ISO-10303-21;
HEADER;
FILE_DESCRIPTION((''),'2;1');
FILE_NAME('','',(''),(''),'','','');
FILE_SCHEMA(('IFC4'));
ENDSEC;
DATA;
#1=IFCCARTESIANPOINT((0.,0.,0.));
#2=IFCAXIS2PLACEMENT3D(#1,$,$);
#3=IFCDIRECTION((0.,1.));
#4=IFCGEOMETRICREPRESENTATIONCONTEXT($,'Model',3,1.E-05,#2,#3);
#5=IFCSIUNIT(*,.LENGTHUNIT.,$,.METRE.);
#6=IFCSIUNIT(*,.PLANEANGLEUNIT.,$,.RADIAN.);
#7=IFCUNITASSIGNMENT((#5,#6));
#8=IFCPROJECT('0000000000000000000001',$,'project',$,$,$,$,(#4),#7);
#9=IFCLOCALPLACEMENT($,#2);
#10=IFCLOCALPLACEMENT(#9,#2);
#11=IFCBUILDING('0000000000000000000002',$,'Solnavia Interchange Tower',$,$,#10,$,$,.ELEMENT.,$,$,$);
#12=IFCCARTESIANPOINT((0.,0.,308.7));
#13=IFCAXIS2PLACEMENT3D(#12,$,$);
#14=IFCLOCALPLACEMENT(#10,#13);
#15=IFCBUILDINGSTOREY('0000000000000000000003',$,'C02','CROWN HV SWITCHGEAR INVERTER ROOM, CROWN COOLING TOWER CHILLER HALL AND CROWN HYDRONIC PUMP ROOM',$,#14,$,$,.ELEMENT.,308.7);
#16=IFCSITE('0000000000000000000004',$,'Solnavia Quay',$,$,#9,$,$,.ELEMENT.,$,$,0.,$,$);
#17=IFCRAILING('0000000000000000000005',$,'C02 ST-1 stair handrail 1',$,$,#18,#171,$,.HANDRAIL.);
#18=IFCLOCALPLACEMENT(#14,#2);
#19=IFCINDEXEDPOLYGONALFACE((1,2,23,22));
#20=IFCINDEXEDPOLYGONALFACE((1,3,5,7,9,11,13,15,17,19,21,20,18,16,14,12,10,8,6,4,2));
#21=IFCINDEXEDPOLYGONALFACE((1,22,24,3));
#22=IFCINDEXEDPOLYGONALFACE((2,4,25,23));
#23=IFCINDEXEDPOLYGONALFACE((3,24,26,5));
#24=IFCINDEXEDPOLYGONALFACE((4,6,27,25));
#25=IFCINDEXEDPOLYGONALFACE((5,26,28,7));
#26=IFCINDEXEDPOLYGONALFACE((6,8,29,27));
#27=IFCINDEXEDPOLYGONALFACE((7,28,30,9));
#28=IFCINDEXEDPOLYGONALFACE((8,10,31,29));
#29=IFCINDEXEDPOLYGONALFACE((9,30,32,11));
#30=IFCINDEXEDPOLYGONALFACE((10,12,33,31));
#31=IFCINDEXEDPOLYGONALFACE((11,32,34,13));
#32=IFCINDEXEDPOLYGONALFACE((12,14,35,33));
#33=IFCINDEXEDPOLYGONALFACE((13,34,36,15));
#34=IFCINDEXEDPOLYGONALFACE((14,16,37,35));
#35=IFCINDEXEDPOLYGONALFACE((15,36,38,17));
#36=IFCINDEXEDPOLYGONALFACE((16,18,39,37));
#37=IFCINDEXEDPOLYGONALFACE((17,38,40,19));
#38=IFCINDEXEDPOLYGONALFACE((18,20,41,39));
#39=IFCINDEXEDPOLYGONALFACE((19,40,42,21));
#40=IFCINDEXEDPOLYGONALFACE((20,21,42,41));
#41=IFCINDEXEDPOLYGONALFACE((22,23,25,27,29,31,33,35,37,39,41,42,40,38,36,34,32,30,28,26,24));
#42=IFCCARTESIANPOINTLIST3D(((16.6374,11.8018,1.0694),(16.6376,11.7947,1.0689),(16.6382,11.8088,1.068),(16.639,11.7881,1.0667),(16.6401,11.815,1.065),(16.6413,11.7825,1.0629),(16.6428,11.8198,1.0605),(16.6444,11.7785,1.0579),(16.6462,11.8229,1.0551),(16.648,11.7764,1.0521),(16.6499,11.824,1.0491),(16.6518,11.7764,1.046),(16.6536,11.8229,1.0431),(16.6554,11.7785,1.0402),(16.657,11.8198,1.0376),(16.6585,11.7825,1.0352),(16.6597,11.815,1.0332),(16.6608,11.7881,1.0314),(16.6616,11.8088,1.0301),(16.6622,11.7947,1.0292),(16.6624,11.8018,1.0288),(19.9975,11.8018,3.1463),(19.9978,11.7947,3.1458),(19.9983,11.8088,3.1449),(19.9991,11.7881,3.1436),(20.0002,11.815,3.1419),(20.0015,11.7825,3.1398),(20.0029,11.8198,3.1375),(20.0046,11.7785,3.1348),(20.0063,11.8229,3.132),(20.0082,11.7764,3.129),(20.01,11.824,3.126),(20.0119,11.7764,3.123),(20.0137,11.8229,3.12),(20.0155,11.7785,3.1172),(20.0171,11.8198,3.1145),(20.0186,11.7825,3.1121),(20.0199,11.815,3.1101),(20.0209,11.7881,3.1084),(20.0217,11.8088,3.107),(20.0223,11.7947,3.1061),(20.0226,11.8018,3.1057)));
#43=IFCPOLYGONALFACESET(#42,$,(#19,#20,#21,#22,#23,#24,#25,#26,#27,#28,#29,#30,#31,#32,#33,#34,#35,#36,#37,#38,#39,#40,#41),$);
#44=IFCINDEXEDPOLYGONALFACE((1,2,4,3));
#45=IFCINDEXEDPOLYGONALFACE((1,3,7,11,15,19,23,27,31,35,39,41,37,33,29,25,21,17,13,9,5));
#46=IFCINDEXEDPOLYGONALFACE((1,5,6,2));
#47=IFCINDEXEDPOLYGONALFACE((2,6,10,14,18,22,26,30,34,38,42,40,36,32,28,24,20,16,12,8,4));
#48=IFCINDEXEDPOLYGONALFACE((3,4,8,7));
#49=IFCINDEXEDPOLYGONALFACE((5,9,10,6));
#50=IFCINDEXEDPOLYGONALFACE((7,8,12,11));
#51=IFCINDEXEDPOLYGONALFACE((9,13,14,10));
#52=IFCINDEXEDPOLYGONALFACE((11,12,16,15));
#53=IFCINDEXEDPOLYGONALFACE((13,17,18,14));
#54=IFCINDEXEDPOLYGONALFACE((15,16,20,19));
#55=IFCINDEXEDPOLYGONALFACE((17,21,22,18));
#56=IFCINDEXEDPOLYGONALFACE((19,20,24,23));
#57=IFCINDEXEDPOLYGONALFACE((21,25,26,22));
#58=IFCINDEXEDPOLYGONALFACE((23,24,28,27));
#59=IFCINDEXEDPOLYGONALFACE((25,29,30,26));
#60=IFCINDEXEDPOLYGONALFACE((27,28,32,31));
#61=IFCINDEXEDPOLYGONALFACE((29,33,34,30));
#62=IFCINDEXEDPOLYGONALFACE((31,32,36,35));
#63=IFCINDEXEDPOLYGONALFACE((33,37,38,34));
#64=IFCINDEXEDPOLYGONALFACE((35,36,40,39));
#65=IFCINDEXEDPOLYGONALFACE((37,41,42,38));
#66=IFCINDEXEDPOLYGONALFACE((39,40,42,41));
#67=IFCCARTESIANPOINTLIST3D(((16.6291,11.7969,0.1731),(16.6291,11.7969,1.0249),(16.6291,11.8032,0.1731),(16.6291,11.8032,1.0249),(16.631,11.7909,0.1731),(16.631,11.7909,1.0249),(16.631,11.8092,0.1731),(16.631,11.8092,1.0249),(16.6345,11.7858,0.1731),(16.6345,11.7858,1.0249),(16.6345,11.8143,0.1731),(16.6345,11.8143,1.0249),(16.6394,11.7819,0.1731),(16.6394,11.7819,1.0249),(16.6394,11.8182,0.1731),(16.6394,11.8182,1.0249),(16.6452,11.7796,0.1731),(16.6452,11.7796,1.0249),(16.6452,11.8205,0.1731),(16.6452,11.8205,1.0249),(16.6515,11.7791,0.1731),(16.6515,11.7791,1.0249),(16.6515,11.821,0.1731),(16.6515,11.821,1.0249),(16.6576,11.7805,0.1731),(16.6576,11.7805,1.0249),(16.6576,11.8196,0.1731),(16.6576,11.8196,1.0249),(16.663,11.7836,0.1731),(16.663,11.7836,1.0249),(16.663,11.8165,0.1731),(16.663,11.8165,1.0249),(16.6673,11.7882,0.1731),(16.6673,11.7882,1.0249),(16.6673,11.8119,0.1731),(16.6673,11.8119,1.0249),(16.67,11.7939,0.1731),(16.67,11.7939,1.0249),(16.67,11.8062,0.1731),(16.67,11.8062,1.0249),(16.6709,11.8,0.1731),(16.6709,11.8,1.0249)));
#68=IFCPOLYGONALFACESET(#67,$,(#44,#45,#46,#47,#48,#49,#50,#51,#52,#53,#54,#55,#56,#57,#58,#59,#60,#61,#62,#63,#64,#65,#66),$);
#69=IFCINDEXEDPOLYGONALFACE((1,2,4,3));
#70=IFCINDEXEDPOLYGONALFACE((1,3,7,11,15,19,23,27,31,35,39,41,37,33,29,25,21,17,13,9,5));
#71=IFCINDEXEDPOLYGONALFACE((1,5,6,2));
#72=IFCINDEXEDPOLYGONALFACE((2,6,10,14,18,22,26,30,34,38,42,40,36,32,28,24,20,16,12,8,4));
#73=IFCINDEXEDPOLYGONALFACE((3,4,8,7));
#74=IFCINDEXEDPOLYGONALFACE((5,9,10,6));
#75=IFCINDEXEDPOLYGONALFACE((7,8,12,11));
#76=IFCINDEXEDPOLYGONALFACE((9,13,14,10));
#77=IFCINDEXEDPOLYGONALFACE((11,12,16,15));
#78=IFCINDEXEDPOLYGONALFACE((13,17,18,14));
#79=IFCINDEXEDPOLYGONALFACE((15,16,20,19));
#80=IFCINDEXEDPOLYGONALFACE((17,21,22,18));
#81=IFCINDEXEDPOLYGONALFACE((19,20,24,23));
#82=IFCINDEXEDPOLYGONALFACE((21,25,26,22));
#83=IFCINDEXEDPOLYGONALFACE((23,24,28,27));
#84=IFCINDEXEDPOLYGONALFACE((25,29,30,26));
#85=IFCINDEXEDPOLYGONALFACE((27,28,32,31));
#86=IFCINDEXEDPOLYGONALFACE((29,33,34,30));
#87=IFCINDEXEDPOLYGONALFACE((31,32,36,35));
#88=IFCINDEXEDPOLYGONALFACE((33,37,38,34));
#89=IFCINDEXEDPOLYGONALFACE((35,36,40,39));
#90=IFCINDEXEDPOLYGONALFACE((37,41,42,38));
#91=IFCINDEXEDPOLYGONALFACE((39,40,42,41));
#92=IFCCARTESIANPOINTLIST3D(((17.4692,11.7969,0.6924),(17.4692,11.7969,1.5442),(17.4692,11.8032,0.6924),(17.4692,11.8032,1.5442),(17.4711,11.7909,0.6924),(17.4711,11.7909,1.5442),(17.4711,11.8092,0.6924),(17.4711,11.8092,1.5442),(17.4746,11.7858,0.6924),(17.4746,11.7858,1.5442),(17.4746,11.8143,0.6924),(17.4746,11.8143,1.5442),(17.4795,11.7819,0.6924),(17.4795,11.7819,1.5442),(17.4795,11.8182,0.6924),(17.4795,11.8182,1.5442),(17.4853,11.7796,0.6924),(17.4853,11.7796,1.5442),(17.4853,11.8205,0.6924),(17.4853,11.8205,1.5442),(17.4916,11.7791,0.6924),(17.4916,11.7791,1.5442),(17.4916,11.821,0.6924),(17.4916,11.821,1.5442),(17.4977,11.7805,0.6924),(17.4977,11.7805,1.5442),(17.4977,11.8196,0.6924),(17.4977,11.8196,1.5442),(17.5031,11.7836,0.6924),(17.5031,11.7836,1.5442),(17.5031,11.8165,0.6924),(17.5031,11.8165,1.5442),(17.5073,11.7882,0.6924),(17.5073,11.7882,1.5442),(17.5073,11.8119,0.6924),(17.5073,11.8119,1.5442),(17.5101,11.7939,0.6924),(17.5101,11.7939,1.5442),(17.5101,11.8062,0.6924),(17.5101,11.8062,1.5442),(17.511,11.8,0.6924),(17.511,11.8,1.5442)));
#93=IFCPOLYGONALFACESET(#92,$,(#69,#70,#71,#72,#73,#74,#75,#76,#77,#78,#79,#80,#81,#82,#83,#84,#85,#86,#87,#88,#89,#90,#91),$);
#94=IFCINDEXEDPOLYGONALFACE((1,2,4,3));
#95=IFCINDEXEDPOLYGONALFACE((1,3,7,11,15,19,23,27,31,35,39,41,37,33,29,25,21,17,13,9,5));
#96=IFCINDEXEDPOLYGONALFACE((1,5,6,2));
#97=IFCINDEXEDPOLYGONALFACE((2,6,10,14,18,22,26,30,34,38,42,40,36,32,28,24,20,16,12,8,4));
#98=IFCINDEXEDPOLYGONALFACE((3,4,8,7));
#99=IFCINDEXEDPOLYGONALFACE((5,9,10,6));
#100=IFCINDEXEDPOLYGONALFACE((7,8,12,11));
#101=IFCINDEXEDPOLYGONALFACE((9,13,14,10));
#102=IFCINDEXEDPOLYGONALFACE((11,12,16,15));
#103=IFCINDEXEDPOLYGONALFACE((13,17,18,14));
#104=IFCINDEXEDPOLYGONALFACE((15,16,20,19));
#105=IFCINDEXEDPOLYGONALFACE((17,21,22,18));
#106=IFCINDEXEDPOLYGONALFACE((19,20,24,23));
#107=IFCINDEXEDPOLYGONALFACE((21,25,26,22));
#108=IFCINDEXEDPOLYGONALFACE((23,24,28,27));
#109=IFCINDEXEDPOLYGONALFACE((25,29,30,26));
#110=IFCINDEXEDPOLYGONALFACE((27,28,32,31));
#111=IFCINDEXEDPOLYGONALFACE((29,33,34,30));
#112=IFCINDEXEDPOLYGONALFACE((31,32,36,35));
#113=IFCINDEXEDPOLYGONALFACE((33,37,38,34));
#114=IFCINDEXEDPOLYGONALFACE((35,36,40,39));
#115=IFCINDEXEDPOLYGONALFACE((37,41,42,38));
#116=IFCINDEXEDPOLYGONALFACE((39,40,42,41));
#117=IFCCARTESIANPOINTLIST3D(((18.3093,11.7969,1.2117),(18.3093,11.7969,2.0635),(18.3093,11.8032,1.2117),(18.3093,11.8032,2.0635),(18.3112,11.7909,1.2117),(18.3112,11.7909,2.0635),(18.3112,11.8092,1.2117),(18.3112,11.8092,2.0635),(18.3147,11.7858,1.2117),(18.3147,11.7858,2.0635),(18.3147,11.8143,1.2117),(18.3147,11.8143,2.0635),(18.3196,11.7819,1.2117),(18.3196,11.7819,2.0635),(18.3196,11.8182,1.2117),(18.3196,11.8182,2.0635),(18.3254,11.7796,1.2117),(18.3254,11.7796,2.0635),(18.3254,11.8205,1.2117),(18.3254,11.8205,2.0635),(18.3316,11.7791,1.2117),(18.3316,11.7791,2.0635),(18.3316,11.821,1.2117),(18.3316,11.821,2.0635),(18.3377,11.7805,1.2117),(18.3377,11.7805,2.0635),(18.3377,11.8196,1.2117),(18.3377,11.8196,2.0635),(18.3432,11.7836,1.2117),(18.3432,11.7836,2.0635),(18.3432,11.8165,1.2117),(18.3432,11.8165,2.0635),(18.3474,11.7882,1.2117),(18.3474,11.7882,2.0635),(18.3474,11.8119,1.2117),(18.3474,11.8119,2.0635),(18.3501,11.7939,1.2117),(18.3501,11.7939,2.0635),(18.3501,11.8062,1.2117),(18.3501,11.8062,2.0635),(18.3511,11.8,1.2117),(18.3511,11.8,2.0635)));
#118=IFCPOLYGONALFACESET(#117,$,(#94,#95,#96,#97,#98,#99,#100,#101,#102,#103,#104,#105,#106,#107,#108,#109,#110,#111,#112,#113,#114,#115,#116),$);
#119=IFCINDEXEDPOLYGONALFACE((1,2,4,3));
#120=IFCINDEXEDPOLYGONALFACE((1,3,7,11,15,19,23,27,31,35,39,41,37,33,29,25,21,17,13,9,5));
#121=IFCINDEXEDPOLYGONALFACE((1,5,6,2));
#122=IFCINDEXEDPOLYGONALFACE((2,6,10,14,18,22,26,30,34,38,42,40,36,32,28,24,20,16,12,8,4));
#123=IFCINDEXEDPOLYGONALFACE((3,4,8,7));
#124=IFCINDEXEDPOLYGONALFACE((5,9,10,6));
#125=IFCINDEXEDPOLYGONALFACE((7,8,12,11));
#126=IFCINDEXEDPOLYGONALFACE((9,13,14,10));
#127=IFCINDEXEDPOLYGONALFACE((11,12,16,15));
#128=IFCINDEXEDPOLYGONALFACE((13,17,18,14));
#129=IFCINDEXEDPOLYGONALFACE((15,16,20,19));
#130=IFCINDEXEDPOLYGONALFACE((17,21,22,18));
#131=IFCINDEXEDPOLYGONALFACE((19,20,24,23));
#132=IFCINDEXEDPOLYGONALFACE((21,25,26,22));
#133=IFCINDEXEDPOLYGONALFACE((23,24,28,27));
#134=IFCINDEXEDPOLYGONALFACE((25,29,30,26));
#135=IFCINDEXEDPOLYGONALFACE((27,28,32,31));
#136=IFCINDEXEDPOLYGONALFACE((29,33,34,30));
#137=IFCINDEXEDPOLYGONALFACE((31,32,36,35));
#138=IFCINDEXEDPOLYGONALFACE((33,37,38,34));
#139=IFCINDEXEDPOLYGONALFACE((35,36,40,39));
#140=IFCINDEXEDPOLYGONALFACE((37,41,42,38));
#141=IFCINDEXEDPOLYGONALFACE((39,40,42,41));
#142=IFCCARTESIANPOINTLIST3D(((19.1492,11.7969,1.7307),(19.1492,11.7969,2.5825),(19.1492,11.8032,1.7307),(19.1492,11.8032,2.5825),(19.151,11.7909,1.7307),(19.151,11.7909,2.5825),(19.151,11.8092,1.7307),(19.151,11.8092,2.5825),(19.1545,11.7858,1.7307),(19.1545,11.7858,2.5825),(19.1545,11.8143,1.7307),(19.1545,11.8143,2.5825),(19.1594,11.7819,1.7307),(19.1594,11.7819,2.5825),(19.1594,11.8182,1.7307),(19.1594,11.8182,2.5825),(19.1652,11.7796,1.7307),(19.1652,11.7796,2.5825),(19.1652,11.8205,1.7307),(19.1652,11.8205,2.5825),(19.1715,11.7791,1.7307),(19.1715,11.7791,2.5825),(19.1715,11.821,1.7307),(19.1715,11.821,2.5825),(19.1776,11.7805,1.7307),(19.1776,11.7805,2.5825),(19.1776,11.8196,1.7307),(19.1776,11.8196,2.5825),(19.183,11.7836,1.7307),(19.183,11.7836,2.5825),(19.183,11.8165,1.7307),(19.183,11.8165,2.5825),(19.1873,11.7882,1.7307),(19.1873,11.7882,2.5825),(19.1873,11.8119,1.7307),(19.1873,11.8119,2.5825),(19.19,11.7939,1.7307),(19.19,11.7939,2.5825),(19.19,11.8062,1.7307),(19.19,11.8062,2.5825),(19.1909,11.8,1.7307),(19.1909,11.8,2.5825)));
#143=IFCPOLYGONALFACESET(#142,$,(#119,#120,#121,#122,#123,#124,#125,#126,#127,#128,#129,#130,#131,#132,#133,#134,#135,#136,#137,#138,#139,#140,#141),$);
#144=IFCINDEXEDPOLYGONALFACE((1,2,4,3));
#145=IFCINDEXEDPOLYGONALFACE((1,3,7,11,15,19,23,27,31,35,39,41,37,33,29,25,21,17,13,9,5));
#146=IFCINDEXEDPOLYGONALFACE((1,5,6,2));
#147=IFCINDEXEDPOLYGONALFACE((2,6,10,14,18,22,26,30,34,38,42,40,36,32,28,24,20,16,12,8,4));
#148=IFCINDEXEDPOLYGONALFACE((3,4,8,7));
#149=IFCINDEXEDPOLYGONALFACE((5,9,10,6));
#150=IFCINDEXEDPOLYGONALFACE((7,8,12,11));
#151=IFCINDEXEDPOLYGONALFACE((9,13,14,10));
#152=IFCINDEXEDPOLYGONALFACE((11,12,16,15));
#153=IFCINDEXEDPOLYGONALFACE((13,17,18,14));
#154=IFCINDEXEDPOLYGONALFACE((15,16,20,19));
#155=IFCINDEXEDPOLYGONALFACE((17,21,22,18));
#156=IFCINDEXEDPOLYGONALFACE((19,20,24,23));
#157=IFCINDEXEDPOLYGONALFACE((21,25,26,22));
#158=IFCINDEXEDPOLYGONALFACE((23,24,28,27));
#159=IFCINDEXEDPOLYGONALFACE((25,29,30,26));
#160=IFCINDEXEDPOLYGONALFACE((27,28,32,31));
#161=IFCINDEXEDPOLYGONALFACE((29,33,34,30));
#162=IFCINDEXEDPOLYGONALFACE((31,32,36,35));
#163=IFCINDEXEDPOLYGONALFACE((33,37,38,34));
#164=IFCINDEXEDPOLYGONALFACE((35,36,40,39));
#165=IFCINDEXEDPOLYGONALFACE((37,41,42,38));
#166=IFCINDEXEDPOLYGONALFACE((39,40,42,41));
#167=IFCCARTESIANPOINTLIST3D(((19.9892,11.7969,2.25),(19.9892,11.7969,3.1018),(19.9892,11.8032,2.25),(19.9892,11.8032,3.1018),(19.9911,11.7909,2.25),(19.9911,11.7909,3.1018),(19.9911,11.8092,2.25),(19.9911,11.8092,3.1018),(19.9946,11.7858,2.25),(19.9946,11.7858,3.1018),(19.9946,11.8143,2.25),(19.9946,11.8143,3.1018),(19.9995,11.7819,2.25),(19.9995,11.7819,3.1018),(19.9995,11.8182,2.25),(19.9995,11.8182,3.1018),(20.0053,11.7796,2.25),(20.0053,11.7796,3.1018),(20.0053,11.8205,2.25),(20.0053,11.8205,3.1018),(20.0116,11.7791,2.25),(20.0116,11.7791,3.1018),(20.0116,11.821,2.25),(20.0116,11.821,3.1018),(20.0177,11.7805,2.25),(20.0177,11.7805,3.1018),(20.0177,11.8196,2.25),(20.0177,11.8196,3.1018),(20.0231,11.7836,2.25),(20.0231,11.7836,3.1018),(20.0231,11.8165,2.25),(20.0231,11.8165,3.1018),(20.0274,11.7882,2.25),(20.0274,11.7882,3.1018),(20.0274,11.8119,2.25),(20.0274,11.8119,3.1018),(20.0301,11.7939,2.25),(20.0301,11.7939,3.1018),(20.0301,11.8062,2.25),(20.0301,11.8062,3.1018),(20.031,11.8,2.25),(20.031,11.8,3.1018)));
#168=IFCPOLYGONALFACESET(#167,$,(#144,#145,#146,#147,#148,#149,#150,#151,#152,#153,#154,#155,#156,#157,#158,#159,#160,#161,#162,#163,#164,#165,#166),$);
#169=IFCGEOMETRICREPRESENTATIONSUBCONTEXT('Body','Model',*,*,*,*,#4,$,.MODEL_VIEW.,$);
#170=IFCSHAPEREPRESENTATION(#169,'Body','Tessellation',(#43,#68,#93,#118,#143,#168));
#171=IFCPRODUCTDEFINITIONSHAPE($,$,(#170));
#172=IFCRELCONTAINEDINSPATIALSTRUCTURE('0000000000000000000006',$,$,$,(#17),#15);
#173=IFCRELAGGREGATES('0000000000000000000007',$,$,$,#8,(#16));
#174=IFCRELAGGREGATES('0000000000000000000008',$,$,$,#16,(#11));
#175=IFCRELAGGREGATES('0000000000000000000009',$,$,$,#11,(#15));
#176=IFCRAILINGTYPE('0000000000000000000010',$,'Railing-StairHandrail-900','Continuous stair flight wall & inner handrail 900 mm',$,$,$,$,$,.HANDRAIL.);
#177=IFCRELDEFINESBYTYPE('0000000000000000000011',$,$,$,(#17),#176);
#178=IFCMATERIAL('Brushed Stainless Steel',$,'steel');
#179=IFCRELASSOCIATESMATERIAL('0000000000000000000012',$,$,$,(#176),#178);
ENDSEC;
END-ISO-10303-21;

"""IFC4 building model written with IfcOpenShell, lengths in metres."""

from ifc_helpers import new_model, si_unit, direction, frame, origin, origin_2d, place, context, subcontext, project, spatial, circle, extrude, material, type_object, element, save


model = new_model("IFC4")

# Units and contexts
model_context = context("Model", 3, precision=1e-05, world=origin(), true_north=direction((0.0, 1.0)))
body_context = subcontext(model_context, "Body", "Model", "MODEL_VIEW")
ifc_project = project(units=[si_unit("LENGTHUNIT", "METRE"), si_unit("PLANEANGLEUNIT", "RADIAN")], contexts=[model_context])

# Site, building, storey
site_placement = place(None, origin())
site = spatial("IfcSite", under=ifc_project, at=site_placement, Name="Solnavia Quay", CompositionType="ELEMENT", RefElevation=0.0)
building_placement = place(site_placement, origin())
building = spatial("IfcBuilding", under=site, at=building_placement, Name="Solnavia Interchange Tower", CompositionType="ELEMENT")
storey_placement = place(building_placement, frame((0.0, 0.0, 308.7)))
storey = spatial("IfcBuildingStorey", under=building, at=storey_placement, Name="C02", Description="CROWN HV SWITCHGEAR INVERTER ROOM, CROWN COOLING TOWER CHILLER HALL AND CROWN HYDRONIC PUMP ROOM", CompositionType="ELEMENT", Elevation=308.7)

# Railing
ifc_material_1 = material(Name="Brushed Stainless Steel", Category="steel")
railing_type_1 = type_object("IfcRailingType", Name="Railing-StairHandrail-900", Description="Continuous stair flight wall & inner handrail 900 mm", PredefinedType="HANDRAIL", material=ifc_material_1)
railing_1_placement = place(storey_placement, frame((16.6499, 11.8, 0.1731)))
element("IfcRailing", 1, at=railing_1_placement, inside=storey, type_object=railing_type_1, Name="C02 ST-1 stair handrail 1", PredefinedType="HANDRAIL", context=body_context, shape_type="SweptSolid", body=[
    extrude(circle(Radius=0.0239, at=origin_2d()), frame((0.0, 0.0, 0.876), z_axis=(0.850623, 0.0, 0.525776), x_axis=(0.0, 1.0, 0.0)), (0.0, 0.0, 1.0), 3.9502),
    extrude(circle(Radius=0.021, at=origin_2d()), origin(), (0.0, 0.0, 1.0), 0.8518),
    extrude(circle(Radius=0.021, at=origin_2d()), frame((0.8401, 0.0, 0.5193)), (0.0, 0.0, 1.0), 0.8518),
    extrude(circle(Radius=0.021, at=origin_2d()), frame((1.6802, 0.0, 1.0386)), (0.0, 0.0, 1.0), 0.8518),
    extrude(circle(Radius=0.021, at=origin_2d()), frame((2.52, 0.0, 1.5576)), (0.0, 0.0, 1.0), 0.8518),
    extrude(circle(Radius=0.021, at=origin_2d()), frame((3.3601, 0.0, 2.0769)), (0.0, 0.0, 1.0), 0.8518),
])

save(model, "model.ifc")
